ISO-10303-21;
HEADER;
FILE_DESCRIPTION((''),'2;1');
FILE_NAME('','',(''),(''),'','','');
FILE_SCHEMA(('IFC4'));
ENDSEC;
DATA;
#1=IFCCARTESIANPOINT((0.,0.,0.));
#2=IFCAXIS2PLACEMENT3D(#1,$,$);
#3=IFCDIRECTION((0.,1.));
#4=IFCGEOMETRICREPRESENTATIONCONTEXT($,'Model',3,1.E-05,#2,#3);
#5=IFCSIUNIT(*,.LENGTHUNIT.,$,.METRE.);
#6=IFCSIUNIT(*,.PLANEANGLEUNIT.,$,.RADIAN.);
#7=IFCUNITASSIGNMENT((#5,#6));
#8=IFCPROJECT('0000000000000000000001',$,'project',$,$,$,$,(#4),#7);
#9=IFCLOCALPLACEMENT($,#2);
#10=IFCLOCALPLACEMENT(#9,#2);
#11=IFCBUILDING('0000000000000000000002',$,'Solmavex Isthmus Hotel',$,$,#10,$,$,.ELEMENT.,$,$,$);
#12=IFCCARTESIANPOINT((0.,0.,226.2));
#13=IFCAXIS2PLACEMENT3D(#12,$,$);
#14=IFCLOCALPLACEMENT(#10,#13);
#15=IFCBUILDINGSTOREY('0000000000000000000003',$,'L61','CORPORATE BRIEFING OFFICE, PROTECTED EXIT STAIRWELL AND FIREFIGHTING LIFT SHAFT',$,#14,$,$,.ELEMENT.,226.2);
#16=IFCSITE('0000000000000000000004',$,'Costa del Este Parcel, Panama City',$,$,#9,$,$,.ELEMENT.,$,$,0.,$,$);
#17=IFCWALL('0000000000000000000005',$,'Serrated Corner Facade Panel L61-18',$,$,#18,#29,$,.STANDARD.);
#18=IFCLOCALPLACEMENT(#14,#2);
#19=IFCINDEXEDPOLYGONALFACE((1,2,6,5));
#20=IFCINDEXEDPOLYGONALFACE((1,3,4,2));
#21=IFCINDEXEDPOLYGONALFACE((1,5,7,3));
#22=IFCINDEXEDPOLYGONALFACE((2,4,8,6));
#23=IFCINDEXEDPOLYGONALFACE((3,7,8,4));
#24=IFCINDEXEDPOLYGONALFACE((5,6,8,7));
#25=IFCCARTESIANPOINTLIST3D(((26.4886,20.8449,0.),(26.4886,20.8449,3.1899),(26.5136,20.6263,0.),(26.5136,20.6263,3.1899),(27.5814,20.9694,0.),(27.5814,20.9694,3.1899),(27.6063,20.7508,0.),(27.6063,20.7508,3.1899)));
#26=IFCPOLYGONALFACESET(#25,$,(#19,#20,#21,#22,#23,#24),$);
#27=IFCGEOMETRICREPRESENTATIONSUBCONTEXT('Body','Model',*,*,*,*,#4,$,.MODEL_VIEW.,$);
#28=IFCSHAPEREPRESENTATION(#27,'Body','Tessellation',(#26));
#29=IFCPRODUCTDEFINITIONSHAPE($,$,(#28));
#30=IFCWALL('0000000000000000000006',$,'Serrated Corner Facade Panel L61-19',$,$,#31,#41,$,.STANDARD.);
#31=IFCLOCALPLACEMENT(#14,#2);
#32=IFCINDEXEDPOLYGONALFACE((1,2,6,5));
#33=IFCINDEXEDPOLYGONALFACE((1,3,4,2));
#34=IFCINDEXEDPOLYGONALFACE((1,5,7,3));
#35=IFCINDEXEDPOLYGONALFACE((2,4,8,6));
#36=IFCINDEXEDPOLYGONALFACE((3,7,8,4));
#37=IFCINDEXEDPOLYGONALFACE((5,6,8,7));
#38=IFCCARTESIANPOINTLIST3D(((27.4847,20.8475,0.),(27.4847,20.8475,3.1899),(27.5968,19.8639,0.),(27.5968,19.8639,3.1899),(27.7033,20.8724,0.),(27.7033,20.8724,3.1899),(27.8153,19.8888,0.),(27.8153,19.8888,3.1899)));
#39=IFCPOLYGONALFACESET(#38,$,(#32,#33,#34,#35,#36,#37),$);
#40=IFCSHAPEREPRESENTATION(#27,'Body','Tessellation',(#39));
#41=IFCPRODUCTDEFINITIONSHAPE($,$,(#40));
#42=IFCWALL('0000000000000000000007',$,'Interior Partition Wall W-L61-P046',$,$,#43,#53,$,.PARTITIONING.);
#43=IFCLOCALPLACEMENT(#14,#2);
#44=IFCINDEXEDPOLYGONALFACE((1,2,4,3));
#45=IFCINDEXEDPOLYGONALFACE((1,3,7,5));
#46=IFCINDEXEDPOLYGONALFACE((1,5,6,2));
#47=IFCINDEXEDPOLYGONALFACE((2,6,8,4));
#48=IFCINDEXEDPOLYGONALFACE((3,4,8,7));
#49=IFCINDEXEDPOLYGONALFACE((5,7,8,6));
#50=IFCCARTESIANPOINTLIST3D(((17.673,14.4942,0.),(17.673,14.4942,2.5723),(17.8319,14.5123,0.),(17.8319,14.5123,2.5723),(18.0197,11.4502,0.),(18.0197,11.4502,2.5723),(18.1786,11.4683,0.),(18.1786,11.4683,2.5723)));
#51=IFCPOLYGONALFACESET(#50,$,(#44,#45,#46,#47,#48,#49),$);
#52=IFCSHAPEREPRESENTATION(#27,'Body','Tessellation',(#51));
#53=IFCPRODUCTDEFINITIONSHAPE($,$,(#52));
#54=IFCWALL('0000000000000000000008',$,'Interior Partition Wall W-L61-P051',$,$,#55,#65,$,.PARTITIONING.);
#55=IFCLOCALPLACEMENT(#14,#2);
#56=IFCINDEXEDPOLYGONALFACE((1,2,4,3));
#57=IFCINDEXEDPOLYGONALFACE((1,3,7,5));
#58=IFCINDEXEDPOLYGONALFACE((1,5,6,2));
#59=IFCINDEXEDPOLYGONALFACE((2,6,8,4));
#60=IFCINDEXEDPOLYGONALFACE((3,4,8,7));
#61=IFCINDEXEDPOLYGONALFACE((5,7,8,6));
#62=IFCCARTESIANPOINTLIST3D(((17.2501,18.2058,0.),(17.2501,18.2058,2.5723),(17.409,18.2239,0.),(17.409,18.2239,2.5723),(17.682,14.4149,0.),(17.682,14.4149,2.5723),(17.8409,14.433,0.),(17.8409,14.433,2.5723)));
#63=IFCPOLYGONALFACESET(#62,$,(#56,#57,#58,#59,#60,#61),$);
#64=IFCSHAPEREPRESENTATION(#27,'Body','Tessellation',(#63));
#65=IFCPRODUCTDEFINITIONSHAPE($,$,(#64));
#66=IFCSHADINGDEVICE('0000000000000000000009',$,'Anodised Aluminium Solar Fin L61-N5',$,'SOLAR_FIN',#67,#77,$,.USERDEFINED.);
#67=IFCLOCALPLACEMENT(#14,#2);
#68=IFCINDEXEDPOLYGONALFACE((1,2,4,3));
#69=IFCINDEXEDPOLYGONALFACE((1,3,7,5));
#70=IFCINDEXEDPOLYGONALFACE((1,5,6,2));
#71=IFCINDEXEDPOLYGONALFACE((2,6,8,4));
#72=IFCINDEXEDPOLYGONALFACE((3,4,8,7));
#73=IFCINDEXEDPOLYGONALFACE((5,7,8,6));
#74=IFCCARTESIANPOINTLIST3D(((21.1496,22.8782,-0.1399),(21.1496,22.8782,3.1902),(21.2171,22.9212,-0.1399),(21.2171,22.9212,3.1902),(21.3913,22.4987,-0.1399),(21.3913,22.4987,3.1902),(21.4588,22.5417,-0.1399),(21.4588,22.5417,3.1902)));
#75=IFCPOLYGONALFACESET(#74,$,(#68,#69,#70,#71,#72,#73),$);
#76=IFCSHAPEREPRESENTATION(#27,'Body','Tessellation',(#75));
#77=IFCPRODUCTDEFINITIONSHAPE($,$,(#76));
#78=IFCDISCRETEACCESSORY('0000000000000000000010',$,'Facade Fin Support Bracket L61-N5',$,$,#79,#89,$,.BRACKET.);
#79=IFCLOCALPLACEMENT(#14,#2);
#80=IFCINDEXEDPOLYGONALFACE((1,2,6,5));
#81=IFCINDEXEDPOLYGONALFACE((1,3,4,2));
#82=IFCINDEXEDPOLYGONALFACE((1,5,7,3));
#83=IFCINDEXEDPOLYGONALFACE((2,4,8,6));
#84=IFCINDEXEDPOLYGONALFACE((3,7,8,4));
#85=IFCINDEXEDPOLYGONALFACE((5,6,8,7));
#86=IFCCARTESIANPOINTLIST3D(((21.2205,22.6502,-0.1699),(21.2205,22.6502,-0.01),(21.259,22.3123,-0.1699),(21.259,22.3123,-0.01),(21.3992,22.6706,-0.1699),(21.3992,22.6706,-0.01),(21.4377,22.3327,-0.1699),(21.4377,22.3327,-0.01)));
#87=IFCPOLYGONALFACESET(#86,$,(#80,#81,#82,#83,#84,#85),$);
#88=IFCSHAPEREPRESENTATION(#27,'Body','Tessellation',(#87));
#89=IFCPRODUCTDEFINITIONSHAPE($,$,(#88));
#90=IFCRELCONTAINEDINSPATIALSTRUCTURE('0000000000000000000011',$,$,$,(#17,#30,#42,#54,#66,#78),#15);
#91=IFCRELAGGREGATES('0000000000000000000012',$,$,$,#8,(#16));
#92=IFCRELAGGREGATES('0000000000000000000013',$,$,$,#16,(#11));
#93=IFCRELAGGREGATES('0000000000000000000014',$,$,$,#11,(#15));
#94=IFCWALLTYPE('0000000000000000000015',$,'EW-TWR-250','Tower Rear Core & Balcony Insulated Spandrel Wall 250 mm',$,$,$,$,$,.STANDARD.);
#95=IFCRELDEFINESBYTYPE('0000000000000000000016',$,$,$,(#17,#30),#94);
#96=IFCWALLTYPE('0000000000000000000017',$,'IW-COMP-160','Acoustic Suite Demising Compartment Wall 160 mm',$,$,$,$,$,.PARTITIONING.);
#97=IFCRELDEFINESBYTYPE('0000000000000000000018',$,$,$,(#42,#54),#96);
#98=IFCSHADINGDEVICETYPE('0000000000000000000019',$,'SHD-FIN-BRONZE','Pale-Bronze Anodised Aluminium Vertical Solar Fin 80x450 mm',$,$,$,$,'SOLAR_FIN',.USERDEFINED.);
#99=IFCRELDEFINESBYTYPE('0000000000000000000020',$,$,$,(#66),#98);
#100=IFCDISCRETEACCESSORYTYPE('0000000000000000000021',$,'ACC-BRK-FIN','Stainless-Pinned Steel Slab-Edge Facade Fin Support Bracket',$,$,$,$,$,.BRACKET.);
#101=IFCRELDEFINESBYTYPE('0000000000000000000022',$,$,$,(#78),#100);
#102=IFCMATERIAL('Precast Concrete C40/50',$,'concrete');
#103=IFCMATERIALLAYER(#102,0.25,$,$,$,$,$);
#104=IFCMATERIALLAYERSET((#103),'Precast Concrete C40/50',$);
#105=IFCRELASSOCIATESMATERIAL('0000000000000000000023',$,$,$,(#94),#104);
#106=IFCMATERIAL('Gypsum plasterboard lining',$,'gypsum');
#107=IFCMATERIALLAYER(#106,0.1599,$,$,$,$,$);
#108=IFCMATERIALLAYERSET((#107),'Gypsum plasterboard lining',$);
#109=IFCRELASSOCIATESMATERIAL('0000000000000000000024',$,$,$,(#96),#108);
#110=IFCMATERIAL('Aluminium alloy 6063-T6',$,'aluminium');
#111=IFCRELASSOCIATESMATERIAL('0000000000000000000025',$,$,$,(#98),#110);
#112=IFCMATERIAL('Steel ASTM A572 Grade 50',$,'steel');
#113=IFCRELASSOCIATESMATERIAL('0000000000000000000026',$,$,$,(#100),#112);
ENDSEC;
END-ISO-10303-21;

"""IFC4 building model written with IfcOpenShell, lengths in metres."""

from ifc_helpers import new_model, si_unit, direction, frame, frame_2d, origin, origin_2d, place, context, subcontext, project, spatial, rectangle, extrude, material, layer, layer_set, type_object, element, save


model = new_model("IFC4")

# Units and contexts
model_context = context("Model", 3, precision=1e-05, world=origin(), true_north=direction((0.0, 1.0)))
body_context = subcontext(model_context, "Body", "Model", "MODEL_VIEW")
ifc_project = project(units=[si_unit("LENGTHUNIT", "METRE"), si_unit("PLANEANGLEUNIT", "RADIAN")], contexts=[model_context])

# Site, building, storey
site_placement = place(None, origin())
site = spatial("IfcSite", under=ifc_project, at=site_placement, Name="Costa del Este Parcel, Panama City", CompositionType="ELEMENT", RefElevation=0.0)
building_placement = place(site_placement, origin())
building = spatial("IfcBuilding", under=site, at=building_placement, Name="Solmavex Isthmus Hotel", CompositionType="ELEMENT")
storey_placement = place(building_placement, frame((0.0, 0.0, 226.2)))
storey = spatial("IfcBuildingStorey", under=building, at=storey_placement, Name="L61", Description="CORPORATE BRIEFING OFFICE, PROTECTED EXIT STAIRWELL AND FIREFIGHTING LIFT SHAFT", CompositionType="ELEMENT", Elevation=226.2)

# Shared definitions
ifc_material_1 = material(Name="Aluminium alloy 6063-T6", Category="aluminium")

# Walls
ifc_material_2 = material(Name="Precast Concrete C40/50", Category="concrete")
ifc_layer_1 = layer(ifc_material_2, 0.25)
ifc_layer_set_1 = layer_set([ifc_layer_1], Name="Precast Concrete C40/50")
wall_type_1 = type_object("IfcWallType", Name="EW-TWR-250", Description="Tower Rear Core & Balcony Insulated Spandrel Wall 250 mm", PredefinedType="STANDARD", material=ifc_layer_set_1)
wall_1_placement = place(storey_placement, frame((26.5012, 20.7356, 0.0), z_axis=(0.0, 0.0, 1.0), x_axis=(0.993571, 0.113209, 0.0)))
element("IfcWall", 1, at=wall_1_placement, inside=storey, type_object=wall_type_1, Name="Serrated Corner Facade Panel L61-18", PredefinedType="STANDARD", context=body_context, shape_type="SweptSolid", body=[
    extrude(rectangle(XDim=1.0999, YDim=0.22, at=frame_2d((0.5498, 0.0))), origin(), (0.0, 0.0, 1.0), 3.1899),
])
wall_2_placement = place(storey_placement, frame((27.594, 20.8601, 0.0), z_axis=(0.0, 0.0, 1.0), x_axis=(0.113192, -0.993573, 0.0)))
element("IfcWall", 2, at=wall_2_placement, inside=storey, type_object=wall_type_1, Name="Serrated Corner Facade Panel L61-19", PredefinedType="STANDARD", context=body_context, shape_type="SweptSolid", body=[
    extrude(rectangle(XDim=0.99, YDim=0.22, at=frame_2d((0.4951, 0.0))), origin(), (0.0, 0.0, 1.0), 3.1899),
])
ifc_material_3 = material(Name="Gypsum plasterboard lining", Category="gypsum")
ifc_layer_2 = layer(ifc_material_3, 0.1599)
ifc_layer_set_2 = layer_set([ifc_layer_2], Name="Gypsum plasterboard lining")
wall_type_2 = type_object("IfcWallType", Name="IW-COMP-160", Description="Acoustic Suite Demising Compartment Wall 160 mm", PredefinedType="PARTITIONING", material=ifc_layer_set_2)
wall_3_placement = place(storey_placement, frame((17.7524, 14.5032, 0.0), z_axis=(0.0, 0.0, 1.0), x_axis=(0.11316, -0.993577, 0.0)))
element("IfcWall", 3, at=wall_3_placement, inside=storey, type_object=wall_type_2, Name="Interior Partition Wall W-L61-P046", PredefinedType="PARTITIONING", context=body_context, shape_type="SweptSolid", body=[
    extrude(rectangle(XDim=3.0637, YDim=0.1599, at=frame_2d((1.5317, 0.0))), origin(), (0.0, 0.0, 1.0), 2.5723),
])
wall_4_placement = place(storey_placement, frame((17.3296, 18.2148, 0.0), z_axis=(0.0, 0.0, 1.0), x_axis=(0.113191, -0.993573, 0.0)))
element("IfcWall", 4, at=wall_4_placement, inside=storey, type_object=wall_type_2, Name="Interior Partition Wall W-L61-P051", PredefinedType="PARTITIONING", context=body_context, shape_type="SweptSolid", body=[
    extrude(rectangle(XDim=3.8154, YDim=0.1599, at=frame_2d((1.9077, 0.0))), origin(), (0.0, 0.0, 1.0), 2.5723),
])

# Shading device
shading_device_type = type_object("IfcShadingDeviceType", Name="SHD-FIN-BRONZE", Description="Pale-Bronze Anodised Aluminium Vertical Solar Fin 80x450 mm", ElementType="SOLAR_FIN", PredefinedType="USERDEFINED", material=ifc_material_1)
shading_device_placement = place(storey_placement, frame((21.3042, 22.71, -0.1399), z_axis=(0.0, 0.0, 1.0), x_axis=(-0.5373, 0.843391, 0.0)))
element("IfcShadingDevice", 5, at=shading_device_placement, inside=storey, type_object=shading_device_type, Name="Anodised Aluminium Solar Fin L61-N5", ObjectType="SOLAR_FIN", PredefinedType="USERDEFINED", context=body_context, shape_type="SweptSolid", body=[
    extrude(rectangle(XDim=0.45, YDim=0.0801, at=origin_2d()), origin(), (0.0, 0.0, 1.0), 3.3301),
])

# Discrete accessory
ifc_material_4 = material(Name="Steel ASTM A572 Grade 50", Category="steel")
discrete_accessory_type = type_object("IfcDiscreteAccessoryType", Name="ACC-BRK-FIN", Description="Stainless-Pinned Steel Slab-Edge Facade Fin Support Bracket", PredefinedType="BRACKET", material=ifc_material_4)
discrete_accessory_placement = place(storey_placement, frame((21.3291, 22.4915, -0.1699), z_axis=(0.0, 0.0, 1.0), x_axis=(-0.113203, 0.993572, 0.0)))
element("IfcDiscreteAccessory", 6, at=discrete_accessory_placement, inside=storey, type_object=discrete_accessory_type, Name="Facade Fin Support Bracket L61-N5", PredefinedType="BRACKET", context=body_context, shape_type="SweptSolid", body=[
    extrude(rectangle(XDim=0.3401, YDim=0.1799, at=origin_2d()), origin(), (0.0, 0.0, 1.0), 0.1599),
])

save(model, "model.ifc")
